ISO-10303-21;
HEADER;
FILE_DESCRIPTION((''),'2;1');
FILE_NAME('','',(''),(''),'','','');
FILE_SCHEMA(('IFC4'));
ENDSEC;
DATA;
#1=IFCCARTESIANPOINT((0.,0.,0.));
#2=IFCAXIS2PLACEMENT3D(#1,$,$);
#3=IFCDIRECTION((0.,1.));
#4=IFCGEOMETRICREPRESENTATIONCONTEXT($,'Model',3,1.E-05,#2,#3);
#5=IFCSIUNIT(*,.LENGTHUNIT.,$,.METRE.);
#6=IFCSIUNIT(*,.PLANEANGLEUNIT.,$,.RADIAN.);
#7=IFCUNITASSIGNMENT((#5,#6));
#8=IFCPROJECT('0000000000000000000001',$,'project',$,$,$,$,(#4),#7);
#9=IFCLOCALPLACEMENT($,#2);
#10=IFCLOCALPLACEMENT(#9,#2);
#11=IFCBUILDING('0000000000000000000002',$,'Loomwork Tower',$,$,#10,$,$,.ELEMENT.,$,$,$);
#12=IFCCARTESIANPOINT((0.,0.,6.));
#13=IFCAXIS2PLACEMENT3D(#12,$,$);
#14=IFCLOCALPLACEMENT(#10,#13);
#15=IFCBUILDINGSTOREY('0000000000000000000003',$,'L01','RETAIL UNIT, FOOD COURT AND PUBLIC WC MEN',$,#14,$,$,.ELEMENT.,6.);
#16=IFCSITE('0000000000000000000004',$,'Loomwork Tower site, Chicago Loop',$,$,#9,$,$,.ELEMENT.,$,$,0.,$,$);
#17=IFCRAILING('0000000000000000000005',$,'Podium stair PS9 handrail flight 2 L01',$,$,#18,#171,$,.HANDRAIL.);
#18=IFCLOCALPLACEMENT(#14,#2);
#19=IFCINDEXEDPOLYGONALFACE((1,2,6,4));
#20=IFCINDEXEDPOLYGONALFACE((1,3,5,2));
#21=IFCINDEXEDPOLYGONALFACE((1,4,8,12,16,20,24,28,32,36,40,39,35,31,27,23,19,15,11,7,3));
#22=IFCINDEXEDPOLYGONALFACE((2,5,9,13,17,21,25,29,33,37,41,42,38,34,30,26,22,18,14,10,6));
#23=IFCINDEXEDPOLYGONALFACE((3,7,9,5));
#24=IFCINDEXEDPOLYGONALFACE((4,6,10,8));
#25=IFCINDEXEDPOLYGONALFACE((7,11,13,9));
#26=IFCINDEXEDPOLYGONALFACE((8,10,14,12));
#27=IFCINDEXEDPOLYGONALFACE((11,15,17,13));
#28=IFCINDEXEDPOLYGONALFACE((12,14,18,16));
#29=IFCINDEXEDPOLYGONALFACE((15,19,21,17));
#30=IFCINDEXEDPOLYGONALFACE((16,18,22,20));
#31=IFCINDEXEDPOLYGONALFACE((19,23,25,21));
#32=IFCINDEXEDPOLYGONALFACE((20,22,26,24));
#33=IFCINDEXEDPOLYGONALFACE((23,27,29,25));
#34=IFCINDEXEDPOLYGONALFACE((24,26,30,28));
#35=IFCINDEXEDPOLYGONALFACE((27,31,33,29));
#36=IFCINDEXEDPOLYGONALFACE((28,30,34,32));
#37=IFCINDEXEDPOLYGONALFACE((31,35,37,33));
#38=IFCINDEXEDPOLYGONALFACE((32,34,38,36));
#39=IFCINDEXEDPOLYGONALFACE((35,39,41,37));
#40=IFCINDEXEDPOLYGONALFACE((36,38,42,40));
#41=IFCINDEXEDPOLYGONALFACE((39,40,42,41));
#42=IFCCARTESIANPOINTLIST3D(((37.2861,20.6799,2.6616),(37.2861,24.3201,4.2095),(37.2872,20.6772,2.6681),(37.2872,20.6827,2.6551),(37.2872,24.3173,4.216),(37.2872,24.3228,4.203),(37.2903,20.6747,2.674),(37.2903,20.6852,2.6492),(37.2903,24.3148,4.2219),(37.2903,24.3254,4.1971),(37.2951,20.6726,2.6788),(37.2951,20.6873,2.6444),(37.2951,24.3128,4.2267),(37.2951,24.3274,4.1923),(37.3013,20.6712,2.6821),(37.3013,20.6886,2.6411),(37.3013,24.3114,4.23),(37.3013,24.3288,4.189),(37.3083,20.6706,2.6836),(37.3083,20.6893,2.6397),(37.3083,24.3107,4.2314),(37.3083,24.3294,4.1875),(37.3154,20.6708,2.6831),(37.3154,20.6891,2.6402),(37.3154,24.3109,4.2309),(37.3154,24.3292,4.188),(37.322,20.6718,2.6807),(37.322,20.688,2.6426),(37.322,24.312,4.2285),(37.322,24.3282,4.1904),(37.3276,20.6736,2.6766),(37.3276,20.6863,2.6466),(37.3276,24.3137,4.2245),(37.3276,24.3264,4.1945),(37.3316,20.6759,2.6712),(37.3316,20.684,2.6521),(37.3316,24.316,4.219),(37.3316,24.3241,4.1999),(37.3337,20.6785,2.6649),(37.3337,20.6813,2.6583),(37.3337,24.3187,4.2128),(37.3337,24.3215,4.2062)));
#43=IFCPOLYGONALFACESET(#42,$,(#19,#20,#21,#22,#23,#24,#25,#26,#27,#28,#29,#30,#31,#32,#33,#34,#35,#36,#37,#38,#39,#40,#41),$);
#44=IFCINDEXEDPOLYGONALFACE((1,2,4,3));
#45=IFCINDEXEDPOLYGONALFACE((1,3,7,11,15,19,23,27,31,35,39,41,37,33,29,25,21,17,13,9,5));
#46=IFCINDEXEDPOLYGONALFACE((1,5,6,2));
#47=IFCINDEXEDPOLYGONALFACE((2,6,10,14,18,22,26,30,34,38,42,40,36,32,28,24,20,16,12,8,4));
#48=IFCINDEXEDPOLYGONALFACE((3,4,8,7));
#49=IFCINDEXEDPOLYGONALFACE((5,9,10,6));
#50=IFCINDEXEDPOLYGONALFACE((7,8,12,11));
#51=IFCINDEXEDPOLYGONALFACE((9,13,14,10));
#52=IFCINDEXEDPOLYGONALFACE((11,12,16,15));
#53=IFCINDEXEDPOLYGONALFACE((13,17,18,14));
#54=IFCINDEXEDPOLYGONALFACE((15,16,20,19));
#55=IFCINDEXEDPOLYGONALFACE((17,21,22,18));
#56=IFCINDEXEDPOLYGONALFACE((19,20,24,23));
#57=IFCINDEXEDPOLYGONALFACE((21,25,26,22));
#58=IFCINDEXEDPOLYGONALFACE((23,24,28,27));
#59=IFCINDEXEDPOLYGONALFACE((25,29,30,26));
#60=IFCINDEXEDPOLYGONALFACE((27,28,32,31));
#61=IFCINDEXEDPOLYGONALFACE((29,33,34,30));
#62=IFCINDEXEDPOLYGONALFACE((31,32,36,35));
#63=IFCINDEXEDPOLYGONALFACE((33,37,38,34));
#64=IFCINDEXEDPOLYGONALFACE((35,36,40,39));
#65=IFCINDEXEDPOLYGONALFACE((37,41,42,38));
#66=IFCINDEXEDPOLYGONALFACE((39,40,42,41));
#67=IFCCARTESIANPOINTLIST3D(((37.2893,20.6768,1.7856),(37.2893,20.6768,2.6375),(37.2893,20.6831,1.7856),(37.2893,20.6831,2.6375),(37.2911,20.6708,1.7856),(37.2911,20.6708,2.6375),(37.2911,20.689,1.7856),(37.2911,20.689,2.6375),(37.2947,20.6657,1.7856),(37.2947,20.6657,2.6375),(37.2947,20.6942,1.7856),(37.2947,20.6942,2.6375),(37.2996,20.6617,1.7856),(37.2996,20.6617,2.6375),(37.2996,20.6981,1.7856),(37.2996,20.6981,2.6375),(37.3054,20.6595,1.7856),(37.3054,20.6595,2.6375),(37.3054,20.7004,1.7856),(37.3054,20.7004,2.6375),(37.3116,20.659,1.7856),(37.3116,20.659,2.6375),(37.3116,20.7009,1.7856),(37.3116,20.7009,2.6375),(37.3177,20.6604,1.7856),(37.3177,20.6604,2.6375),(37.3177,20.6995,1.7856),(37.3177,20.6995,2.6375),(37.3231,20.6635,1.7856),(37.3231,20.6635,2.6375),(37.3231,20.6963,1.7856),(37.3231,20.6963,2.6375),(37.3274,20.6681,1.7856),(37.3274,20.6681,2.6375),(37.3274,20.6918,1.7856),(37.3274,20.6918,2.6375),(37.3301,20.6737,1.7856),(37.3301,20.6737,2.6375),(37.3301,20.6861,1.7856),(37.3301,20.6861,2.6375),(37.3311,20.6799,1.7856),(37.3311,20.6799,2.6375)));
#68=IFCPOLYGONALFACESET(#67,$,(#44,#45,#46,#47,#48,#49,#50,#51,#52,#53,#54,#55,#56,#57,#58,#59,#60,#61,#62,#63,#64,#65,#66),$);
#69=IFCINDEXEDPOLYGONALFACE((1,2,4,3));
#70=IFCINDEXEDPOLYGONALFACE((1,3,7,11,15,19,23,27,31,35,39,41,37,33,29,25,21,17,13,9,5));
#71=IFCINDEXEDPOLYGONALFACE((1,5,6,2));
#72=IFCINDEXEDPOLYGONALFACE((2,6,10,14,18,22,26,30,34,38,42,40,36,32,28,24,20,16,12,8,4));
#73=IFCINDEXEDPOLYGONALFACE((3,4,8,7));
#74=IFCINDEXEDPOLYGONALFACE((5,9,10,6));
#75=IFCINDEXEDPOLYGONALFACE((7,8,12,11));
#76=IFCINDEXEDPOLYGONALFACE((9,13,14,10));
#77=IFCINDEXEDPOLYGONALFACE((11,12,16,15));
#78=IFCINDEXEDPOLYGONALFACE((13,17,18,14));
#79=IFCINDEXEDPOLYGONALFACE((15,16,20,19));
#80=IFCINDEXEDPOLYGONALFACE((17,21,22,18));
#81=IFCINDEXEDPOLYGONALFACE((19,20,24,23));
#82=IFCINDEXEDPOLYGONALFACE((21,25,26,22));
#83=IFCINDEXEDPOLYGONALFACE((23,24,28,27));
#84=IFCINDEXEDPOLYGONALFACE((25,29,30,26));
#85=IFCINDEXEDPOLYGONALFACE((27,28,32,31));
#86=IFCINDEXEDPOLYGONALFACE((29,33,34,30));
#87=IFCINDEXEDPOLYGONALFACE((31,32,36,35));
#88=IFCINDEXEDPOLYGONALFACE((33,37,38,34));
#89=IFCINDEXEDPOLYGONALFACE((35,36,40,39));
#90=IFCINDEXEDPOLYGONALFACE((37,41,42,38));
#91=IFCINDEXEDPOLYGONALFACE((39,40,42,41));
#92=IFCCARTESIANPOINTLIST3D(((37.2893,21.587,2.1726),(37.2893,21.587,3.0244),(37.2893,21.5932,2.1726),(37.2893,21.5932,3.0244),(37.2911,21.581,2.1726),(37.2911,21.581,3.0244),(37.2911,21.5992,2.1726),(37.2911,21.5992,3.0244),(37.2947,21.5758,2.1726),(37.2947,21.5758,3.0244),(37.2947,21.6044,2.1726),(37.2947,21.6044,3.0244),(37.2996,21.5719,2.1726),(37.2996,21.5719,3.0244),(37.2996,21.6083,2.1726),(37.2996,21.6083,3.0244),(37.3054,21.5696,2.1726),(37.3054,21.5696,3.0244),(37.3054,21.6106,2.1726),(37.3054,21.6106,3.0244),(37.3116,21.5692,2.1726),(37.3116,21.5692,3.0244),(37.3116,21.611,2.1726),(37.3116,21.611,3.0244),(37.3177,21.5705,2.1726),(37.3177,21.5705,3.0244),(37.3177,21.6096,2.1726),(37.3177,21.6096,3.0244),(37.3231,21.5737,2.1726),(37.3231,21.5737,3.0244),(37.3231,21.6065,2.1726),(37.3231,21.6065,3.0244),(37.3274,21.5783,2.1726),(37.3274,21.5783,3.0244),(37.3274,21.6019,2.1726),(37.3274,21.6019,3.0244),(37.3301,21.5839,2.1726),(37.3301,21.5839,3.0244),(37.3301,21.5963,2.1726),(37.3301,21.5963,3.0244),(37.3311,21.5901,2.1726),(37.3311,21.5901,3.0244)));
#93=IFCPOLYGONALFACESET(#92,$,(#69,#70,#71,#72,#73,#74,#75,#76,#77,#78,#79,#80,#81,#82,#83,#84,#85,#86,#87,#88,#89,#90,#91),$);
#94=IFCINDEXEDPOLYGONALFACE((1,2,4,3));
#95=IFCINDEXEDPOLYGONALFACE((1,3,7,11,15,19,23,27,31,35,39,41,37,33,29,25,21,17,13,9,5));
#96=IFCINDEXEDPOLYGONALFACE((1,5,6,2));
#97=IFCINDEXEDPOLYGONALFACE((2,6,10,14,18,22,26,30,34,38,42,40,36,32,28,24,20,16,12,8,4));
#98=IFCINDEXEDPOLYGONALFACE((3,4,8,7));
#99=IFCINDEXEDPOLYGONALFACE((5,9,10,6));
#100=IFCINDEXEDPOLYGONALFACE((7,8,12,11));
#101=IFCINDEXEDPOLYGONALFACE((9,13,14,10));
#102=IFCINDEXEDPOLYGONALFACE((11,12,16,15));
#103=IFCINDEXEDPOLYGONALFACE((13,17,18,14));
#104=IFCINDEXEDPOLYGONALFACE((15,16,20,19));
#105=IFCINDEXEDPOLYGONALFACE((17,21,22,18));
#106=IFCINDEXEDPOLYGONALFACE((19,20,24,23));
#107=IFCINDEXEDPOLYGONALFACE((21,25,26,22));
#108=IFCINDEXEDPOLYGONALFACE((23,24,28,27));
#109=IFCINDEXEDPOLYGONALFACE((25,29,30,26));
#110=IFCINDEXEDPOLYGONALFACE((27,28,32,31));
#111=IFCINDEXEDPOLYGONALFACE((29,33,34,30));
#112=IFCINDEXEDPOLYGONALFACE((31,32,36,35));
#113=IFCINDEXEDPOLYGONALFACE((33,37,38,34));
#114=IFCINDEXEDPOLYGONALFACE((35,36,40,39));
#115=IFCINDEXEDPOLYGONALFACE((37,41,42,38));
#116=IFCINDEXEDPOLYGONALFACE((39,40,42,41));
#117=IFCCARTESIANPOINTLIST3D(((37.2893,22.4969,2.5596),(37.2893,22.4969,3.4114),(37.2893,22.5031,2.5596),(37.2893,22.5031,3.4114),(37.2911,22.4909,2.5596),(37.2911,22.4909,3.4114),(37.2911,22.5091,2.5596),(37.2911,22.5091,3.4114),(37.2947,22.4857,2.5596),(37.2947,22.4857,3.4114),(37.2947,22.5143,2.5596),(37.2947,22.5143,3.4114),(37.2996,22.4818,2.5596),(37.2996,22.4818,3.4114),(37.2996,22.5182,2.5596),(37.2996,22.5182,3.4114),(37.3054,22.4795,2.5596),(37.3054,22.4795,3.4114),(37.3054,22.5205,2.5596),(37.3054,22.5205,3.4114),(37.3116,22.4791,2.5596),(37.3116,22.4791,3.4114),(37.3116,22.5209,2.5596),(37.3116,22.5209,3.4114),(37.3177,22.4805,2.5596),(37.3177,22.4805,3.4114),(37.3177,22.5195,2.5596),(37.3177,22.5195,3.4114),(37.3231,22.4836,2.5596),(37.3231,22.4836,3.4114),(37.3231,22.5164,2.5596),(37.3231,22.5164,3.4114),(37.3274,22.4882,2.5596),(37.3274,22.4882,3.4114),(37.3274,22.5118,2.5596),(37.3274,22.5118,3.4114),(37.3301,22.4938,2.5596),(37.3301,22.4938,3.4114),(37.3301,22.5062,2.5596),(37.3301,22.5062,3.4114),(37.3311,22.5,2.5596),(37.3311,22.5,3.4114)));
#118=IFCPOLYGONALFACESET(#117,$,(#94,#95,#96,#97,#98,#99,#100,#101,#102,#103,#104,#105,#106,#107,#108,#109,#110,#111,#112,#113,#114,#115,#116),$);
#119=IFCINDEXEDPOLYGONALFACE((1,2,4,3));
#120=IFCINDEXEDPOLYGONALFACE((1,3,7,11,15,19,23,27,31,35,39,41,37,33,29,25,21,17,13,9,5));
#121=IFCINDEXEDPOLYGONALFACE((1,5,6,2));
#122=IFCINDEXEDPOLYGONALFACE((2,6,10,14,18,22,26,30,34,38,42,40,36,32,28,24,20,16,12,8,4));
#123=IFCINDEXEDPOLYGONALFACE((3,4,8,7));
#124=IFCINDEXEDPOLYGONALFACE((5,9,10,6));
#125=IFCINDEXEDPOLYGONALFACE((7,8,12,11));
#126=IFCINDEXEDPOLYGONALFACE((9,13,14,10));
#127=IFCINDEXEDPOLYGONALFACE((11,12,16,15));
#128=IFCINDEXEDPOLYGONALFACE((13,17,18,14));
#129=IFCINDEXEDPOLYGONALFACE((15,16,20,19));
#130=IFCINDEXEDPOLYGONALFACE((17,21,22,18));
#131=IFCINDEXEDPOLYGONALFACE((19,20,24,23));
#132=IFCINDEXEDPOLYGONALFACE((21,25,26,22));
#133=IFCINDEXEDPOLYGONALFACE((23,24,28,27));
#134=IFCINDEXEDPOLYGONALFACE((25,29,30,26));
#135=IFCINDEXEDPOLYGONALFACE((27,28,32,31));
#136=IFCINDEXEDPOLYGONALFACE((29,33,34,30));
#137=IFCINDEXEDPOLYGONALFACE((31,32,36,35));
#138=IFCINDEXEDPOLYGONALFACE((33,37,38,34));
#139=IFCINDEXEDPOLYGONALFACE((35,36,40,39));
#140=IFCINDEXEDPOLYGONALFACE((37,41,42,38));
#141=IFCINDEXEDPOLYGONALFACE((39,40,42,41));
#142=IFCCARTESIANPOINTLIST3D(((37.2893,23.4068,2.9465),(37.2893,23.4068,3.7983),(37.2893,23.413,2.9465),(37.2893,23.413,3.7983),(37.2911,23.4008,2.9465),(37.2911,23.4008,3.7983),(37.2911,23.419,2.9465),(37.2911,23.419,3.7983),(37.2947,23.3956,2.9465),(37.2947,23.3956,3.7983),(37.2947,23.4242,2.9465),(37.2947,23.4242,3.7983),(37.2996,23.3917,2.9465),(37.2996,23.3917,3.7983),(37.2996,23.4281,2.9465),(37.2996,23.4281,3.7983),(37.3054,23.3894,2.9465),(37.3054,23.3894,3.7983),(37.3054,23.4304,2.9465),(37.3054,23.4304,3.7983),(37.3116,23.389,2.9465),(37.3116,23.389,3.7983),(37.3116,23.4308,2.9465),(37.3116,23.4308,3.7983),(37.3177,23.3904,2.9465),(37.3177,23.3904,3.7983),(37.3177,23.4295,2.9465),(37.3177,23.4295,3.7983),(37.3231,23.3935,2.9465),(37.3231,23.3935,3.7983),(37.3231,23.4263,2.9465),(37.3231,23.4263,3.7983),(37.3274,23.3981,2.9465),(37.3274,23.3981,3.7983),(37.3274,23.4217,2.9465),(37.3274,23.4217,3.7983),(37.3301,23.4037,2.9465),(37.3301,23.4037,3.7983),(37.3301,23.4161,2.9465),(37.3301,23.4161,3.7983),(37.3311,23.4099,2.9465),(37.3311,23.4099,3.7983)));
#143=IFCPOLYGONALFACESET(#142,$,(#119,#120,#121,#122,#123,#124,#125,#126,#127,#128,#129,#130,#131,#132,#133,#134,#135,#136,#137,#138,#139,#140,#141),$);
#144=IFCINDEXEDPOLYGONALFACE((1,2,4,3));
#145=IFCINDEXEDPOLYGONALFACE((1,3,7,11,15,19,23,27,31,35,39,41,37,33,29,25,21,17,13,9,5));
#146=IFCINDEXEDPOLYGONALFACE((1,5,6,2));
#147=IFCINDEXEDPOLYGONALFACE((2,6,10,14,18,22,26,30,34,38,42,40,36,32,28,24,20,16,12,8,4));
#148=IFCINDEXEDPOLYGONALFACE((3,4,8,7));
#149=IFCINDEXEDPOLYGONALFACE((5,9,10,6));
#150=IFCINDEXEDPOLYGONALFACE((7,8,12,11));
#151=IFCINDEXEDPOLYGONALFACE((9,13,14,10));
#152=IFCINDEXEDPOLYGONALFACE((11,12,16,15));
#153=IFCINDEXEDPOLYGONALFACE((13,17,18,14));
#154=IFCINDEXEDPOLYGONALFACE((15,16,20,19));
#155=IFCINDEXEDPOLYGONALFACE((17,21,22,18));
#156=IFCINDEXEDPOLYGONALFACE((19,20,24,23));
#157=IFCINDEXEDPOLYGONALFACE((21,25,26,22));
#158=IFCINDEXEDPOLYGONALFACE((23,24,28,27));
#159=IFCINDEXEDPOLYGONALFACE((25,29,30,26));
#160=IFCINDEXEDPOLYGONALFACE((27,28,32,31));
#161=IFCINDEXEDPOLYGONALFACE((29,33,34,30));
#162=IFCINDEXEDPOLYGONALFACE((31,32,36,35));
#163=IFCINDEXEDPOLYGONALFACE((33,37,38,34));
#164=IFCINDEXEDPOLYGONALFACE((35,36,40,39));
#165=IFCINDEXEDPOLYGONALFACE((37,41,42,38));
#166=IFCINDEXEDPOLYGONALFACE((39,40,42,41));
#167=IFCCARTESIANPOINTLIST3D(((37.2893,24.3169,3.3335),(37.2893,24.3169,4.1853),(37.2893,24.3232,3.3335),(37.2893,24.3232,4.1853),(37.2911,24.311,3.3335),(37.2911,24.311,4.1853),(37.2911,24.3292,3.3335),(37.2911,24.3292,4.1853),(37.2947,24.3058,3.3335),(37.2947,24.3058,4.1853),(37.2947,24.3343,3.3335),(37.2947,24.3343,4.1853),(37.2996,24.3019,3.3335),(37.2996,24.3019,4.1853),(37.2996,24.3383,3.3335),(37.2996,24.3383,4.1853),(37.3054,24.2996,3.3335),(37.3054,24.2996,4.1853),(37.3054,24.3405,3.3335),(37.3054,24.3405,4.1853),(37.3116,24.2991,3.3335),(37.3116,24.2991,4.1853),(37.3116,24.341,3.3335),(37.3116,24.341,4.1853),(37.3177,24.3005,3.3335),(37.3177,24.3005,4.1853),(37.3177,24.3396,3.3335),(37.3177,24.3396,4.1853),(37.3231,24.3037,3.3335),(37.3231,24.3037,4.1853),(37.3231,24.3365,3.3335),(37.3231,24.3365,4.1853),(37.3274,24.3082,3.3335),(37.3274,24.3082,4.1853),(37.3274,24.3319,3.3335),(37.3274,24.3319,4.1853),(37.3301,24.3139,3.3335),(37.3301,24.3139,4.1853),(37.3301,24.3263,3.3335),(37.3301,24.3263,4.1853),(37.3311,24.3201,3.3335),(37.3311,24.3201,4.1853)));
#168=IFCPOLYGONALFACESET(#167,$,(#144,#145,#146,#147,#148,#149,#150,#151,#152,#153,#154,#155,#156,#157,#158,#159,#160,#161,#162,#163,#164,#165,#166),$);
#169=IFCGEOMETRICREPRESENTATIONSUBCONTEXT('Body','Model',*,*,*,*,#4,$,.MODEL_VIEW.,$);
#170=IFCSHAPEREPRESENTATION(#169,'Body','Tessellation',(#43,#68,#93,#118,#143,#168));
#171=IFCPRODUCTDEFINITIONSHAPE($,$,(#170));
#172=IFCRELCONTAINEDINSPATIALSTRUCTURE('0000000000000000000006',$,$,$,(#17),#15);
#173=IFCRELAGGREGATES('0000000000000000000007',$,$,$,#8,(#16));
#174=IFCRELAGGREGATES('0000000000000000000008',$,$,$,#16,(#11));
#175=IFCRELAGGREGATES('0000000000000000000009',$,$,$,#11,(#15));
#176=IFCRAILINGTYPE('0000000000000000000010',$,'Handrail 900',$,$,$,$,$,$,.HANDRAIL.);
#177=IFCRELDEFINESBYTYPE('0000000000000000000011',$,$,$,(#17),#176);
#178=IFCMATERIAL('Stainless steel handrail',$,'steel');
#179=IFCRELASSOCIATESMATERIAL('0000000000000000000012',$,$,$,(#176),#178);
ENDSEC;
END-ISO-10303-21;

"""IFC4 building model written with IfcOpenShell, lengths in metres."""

from ifc_helpers import new_model, si_unit, direction, frame, origin, origin_2d, place, context, subcontext, project, spatial, circle, extrude, material, type_object, element, save


model = new_model("IFC4")

# Units and contexts
model_context = context("Model", 3, precision=1e-05, world=origin(), true_north=direction((0.0, 1.0)))
body_context = subcontext(model_context, "Body", "Model", "MODEL_VIEW")
ifc_project = project(units=[si_unit("LENGTHUNIT", "METRE"), si_unit("PLANEANGLEUNIT", "RADIAN")], contexts=[model_context])

# Site, building, storey
site_placement = place(None, origin())
site = spatial("IfcSite", under=ifc_project, at=site_placement, Name="Loomwork Tower site, Chicago Loop", CompositionType="ELEMENT", RefElevation=0.0)
building_placement = place(site_placement, origin())
building = spatial("IfcBuilding", under=site, at=building_placement, Name="Loomwork Tower", CompositionType="ELEMENT")
storey_placement = place(building_placement, frame((0.0, 0.0, 6.0)))
storey = spatial("IfcBuildingStorey", under=building, at=storey_placement, Name="L01", Description="RETAIL UNIT, FOOD COURT AND PUBLIC WC MEN", CompositionType="ELEMENT", Elevation=6.0)

# Railing
ifc_material_1 = material(Name="Stainless steel handrail", Category="steel")
railing_type = type_object("IfcRailingType", Name="Handrail 900", PredefinedType="HANDRAIL", material=ifc_material_1)
railing_1_placement = place(storey_placement, frame((37.3101, 20.6799, 1.7856)))
element("IfcRailing", 1, at=railing_1_placement, inside=storey, type_object=railing_type, Name="Podium stair PS9 handrail flight 2 L01", PredefinedType="HANDRAIL", context=body_context, shape_type="SweptSolid", body=[
    extrude(circle(Radius=0.0239, at=origin_2d()), frame((0.0, 0.0, 0.876), z_axis=(0.0, 0.920259, 0.391311), x_axis=(-1.0, 0.0, 0.0)), (0.0, 0.0, 1.0), 3.9556),
    extrude(circle(Radius=0.021, at=origin_2d()), origin(), (0.0, 0.0, 1.0), 0.8518),
    extrude(circle(Radius=0.021, at=origin_2d()), frame((0.0, 0.9102, 0.387)), (0.0, 0.0, 1.0), 0.8518),
    extrude(circle(Radius=0.021, at=origin_2d()), frame((0.0, 1.8201, 0.7739)), (0.0, 0.0, 1.0), 0.8518),
    extrude(circle(Radius=0.021, at=origin_2d()), frame((0.0, 2.73, 1.1609)), (0.0, 0.0, 1.0), 0.8518),
    extrude(circle(Radius=0.021, at=origin_2d()), frame((0.0, 3.6401, 1.5479)), (0.0, 0.0, 1.0), 0.8518),
])

save(model, "model.ifc")
